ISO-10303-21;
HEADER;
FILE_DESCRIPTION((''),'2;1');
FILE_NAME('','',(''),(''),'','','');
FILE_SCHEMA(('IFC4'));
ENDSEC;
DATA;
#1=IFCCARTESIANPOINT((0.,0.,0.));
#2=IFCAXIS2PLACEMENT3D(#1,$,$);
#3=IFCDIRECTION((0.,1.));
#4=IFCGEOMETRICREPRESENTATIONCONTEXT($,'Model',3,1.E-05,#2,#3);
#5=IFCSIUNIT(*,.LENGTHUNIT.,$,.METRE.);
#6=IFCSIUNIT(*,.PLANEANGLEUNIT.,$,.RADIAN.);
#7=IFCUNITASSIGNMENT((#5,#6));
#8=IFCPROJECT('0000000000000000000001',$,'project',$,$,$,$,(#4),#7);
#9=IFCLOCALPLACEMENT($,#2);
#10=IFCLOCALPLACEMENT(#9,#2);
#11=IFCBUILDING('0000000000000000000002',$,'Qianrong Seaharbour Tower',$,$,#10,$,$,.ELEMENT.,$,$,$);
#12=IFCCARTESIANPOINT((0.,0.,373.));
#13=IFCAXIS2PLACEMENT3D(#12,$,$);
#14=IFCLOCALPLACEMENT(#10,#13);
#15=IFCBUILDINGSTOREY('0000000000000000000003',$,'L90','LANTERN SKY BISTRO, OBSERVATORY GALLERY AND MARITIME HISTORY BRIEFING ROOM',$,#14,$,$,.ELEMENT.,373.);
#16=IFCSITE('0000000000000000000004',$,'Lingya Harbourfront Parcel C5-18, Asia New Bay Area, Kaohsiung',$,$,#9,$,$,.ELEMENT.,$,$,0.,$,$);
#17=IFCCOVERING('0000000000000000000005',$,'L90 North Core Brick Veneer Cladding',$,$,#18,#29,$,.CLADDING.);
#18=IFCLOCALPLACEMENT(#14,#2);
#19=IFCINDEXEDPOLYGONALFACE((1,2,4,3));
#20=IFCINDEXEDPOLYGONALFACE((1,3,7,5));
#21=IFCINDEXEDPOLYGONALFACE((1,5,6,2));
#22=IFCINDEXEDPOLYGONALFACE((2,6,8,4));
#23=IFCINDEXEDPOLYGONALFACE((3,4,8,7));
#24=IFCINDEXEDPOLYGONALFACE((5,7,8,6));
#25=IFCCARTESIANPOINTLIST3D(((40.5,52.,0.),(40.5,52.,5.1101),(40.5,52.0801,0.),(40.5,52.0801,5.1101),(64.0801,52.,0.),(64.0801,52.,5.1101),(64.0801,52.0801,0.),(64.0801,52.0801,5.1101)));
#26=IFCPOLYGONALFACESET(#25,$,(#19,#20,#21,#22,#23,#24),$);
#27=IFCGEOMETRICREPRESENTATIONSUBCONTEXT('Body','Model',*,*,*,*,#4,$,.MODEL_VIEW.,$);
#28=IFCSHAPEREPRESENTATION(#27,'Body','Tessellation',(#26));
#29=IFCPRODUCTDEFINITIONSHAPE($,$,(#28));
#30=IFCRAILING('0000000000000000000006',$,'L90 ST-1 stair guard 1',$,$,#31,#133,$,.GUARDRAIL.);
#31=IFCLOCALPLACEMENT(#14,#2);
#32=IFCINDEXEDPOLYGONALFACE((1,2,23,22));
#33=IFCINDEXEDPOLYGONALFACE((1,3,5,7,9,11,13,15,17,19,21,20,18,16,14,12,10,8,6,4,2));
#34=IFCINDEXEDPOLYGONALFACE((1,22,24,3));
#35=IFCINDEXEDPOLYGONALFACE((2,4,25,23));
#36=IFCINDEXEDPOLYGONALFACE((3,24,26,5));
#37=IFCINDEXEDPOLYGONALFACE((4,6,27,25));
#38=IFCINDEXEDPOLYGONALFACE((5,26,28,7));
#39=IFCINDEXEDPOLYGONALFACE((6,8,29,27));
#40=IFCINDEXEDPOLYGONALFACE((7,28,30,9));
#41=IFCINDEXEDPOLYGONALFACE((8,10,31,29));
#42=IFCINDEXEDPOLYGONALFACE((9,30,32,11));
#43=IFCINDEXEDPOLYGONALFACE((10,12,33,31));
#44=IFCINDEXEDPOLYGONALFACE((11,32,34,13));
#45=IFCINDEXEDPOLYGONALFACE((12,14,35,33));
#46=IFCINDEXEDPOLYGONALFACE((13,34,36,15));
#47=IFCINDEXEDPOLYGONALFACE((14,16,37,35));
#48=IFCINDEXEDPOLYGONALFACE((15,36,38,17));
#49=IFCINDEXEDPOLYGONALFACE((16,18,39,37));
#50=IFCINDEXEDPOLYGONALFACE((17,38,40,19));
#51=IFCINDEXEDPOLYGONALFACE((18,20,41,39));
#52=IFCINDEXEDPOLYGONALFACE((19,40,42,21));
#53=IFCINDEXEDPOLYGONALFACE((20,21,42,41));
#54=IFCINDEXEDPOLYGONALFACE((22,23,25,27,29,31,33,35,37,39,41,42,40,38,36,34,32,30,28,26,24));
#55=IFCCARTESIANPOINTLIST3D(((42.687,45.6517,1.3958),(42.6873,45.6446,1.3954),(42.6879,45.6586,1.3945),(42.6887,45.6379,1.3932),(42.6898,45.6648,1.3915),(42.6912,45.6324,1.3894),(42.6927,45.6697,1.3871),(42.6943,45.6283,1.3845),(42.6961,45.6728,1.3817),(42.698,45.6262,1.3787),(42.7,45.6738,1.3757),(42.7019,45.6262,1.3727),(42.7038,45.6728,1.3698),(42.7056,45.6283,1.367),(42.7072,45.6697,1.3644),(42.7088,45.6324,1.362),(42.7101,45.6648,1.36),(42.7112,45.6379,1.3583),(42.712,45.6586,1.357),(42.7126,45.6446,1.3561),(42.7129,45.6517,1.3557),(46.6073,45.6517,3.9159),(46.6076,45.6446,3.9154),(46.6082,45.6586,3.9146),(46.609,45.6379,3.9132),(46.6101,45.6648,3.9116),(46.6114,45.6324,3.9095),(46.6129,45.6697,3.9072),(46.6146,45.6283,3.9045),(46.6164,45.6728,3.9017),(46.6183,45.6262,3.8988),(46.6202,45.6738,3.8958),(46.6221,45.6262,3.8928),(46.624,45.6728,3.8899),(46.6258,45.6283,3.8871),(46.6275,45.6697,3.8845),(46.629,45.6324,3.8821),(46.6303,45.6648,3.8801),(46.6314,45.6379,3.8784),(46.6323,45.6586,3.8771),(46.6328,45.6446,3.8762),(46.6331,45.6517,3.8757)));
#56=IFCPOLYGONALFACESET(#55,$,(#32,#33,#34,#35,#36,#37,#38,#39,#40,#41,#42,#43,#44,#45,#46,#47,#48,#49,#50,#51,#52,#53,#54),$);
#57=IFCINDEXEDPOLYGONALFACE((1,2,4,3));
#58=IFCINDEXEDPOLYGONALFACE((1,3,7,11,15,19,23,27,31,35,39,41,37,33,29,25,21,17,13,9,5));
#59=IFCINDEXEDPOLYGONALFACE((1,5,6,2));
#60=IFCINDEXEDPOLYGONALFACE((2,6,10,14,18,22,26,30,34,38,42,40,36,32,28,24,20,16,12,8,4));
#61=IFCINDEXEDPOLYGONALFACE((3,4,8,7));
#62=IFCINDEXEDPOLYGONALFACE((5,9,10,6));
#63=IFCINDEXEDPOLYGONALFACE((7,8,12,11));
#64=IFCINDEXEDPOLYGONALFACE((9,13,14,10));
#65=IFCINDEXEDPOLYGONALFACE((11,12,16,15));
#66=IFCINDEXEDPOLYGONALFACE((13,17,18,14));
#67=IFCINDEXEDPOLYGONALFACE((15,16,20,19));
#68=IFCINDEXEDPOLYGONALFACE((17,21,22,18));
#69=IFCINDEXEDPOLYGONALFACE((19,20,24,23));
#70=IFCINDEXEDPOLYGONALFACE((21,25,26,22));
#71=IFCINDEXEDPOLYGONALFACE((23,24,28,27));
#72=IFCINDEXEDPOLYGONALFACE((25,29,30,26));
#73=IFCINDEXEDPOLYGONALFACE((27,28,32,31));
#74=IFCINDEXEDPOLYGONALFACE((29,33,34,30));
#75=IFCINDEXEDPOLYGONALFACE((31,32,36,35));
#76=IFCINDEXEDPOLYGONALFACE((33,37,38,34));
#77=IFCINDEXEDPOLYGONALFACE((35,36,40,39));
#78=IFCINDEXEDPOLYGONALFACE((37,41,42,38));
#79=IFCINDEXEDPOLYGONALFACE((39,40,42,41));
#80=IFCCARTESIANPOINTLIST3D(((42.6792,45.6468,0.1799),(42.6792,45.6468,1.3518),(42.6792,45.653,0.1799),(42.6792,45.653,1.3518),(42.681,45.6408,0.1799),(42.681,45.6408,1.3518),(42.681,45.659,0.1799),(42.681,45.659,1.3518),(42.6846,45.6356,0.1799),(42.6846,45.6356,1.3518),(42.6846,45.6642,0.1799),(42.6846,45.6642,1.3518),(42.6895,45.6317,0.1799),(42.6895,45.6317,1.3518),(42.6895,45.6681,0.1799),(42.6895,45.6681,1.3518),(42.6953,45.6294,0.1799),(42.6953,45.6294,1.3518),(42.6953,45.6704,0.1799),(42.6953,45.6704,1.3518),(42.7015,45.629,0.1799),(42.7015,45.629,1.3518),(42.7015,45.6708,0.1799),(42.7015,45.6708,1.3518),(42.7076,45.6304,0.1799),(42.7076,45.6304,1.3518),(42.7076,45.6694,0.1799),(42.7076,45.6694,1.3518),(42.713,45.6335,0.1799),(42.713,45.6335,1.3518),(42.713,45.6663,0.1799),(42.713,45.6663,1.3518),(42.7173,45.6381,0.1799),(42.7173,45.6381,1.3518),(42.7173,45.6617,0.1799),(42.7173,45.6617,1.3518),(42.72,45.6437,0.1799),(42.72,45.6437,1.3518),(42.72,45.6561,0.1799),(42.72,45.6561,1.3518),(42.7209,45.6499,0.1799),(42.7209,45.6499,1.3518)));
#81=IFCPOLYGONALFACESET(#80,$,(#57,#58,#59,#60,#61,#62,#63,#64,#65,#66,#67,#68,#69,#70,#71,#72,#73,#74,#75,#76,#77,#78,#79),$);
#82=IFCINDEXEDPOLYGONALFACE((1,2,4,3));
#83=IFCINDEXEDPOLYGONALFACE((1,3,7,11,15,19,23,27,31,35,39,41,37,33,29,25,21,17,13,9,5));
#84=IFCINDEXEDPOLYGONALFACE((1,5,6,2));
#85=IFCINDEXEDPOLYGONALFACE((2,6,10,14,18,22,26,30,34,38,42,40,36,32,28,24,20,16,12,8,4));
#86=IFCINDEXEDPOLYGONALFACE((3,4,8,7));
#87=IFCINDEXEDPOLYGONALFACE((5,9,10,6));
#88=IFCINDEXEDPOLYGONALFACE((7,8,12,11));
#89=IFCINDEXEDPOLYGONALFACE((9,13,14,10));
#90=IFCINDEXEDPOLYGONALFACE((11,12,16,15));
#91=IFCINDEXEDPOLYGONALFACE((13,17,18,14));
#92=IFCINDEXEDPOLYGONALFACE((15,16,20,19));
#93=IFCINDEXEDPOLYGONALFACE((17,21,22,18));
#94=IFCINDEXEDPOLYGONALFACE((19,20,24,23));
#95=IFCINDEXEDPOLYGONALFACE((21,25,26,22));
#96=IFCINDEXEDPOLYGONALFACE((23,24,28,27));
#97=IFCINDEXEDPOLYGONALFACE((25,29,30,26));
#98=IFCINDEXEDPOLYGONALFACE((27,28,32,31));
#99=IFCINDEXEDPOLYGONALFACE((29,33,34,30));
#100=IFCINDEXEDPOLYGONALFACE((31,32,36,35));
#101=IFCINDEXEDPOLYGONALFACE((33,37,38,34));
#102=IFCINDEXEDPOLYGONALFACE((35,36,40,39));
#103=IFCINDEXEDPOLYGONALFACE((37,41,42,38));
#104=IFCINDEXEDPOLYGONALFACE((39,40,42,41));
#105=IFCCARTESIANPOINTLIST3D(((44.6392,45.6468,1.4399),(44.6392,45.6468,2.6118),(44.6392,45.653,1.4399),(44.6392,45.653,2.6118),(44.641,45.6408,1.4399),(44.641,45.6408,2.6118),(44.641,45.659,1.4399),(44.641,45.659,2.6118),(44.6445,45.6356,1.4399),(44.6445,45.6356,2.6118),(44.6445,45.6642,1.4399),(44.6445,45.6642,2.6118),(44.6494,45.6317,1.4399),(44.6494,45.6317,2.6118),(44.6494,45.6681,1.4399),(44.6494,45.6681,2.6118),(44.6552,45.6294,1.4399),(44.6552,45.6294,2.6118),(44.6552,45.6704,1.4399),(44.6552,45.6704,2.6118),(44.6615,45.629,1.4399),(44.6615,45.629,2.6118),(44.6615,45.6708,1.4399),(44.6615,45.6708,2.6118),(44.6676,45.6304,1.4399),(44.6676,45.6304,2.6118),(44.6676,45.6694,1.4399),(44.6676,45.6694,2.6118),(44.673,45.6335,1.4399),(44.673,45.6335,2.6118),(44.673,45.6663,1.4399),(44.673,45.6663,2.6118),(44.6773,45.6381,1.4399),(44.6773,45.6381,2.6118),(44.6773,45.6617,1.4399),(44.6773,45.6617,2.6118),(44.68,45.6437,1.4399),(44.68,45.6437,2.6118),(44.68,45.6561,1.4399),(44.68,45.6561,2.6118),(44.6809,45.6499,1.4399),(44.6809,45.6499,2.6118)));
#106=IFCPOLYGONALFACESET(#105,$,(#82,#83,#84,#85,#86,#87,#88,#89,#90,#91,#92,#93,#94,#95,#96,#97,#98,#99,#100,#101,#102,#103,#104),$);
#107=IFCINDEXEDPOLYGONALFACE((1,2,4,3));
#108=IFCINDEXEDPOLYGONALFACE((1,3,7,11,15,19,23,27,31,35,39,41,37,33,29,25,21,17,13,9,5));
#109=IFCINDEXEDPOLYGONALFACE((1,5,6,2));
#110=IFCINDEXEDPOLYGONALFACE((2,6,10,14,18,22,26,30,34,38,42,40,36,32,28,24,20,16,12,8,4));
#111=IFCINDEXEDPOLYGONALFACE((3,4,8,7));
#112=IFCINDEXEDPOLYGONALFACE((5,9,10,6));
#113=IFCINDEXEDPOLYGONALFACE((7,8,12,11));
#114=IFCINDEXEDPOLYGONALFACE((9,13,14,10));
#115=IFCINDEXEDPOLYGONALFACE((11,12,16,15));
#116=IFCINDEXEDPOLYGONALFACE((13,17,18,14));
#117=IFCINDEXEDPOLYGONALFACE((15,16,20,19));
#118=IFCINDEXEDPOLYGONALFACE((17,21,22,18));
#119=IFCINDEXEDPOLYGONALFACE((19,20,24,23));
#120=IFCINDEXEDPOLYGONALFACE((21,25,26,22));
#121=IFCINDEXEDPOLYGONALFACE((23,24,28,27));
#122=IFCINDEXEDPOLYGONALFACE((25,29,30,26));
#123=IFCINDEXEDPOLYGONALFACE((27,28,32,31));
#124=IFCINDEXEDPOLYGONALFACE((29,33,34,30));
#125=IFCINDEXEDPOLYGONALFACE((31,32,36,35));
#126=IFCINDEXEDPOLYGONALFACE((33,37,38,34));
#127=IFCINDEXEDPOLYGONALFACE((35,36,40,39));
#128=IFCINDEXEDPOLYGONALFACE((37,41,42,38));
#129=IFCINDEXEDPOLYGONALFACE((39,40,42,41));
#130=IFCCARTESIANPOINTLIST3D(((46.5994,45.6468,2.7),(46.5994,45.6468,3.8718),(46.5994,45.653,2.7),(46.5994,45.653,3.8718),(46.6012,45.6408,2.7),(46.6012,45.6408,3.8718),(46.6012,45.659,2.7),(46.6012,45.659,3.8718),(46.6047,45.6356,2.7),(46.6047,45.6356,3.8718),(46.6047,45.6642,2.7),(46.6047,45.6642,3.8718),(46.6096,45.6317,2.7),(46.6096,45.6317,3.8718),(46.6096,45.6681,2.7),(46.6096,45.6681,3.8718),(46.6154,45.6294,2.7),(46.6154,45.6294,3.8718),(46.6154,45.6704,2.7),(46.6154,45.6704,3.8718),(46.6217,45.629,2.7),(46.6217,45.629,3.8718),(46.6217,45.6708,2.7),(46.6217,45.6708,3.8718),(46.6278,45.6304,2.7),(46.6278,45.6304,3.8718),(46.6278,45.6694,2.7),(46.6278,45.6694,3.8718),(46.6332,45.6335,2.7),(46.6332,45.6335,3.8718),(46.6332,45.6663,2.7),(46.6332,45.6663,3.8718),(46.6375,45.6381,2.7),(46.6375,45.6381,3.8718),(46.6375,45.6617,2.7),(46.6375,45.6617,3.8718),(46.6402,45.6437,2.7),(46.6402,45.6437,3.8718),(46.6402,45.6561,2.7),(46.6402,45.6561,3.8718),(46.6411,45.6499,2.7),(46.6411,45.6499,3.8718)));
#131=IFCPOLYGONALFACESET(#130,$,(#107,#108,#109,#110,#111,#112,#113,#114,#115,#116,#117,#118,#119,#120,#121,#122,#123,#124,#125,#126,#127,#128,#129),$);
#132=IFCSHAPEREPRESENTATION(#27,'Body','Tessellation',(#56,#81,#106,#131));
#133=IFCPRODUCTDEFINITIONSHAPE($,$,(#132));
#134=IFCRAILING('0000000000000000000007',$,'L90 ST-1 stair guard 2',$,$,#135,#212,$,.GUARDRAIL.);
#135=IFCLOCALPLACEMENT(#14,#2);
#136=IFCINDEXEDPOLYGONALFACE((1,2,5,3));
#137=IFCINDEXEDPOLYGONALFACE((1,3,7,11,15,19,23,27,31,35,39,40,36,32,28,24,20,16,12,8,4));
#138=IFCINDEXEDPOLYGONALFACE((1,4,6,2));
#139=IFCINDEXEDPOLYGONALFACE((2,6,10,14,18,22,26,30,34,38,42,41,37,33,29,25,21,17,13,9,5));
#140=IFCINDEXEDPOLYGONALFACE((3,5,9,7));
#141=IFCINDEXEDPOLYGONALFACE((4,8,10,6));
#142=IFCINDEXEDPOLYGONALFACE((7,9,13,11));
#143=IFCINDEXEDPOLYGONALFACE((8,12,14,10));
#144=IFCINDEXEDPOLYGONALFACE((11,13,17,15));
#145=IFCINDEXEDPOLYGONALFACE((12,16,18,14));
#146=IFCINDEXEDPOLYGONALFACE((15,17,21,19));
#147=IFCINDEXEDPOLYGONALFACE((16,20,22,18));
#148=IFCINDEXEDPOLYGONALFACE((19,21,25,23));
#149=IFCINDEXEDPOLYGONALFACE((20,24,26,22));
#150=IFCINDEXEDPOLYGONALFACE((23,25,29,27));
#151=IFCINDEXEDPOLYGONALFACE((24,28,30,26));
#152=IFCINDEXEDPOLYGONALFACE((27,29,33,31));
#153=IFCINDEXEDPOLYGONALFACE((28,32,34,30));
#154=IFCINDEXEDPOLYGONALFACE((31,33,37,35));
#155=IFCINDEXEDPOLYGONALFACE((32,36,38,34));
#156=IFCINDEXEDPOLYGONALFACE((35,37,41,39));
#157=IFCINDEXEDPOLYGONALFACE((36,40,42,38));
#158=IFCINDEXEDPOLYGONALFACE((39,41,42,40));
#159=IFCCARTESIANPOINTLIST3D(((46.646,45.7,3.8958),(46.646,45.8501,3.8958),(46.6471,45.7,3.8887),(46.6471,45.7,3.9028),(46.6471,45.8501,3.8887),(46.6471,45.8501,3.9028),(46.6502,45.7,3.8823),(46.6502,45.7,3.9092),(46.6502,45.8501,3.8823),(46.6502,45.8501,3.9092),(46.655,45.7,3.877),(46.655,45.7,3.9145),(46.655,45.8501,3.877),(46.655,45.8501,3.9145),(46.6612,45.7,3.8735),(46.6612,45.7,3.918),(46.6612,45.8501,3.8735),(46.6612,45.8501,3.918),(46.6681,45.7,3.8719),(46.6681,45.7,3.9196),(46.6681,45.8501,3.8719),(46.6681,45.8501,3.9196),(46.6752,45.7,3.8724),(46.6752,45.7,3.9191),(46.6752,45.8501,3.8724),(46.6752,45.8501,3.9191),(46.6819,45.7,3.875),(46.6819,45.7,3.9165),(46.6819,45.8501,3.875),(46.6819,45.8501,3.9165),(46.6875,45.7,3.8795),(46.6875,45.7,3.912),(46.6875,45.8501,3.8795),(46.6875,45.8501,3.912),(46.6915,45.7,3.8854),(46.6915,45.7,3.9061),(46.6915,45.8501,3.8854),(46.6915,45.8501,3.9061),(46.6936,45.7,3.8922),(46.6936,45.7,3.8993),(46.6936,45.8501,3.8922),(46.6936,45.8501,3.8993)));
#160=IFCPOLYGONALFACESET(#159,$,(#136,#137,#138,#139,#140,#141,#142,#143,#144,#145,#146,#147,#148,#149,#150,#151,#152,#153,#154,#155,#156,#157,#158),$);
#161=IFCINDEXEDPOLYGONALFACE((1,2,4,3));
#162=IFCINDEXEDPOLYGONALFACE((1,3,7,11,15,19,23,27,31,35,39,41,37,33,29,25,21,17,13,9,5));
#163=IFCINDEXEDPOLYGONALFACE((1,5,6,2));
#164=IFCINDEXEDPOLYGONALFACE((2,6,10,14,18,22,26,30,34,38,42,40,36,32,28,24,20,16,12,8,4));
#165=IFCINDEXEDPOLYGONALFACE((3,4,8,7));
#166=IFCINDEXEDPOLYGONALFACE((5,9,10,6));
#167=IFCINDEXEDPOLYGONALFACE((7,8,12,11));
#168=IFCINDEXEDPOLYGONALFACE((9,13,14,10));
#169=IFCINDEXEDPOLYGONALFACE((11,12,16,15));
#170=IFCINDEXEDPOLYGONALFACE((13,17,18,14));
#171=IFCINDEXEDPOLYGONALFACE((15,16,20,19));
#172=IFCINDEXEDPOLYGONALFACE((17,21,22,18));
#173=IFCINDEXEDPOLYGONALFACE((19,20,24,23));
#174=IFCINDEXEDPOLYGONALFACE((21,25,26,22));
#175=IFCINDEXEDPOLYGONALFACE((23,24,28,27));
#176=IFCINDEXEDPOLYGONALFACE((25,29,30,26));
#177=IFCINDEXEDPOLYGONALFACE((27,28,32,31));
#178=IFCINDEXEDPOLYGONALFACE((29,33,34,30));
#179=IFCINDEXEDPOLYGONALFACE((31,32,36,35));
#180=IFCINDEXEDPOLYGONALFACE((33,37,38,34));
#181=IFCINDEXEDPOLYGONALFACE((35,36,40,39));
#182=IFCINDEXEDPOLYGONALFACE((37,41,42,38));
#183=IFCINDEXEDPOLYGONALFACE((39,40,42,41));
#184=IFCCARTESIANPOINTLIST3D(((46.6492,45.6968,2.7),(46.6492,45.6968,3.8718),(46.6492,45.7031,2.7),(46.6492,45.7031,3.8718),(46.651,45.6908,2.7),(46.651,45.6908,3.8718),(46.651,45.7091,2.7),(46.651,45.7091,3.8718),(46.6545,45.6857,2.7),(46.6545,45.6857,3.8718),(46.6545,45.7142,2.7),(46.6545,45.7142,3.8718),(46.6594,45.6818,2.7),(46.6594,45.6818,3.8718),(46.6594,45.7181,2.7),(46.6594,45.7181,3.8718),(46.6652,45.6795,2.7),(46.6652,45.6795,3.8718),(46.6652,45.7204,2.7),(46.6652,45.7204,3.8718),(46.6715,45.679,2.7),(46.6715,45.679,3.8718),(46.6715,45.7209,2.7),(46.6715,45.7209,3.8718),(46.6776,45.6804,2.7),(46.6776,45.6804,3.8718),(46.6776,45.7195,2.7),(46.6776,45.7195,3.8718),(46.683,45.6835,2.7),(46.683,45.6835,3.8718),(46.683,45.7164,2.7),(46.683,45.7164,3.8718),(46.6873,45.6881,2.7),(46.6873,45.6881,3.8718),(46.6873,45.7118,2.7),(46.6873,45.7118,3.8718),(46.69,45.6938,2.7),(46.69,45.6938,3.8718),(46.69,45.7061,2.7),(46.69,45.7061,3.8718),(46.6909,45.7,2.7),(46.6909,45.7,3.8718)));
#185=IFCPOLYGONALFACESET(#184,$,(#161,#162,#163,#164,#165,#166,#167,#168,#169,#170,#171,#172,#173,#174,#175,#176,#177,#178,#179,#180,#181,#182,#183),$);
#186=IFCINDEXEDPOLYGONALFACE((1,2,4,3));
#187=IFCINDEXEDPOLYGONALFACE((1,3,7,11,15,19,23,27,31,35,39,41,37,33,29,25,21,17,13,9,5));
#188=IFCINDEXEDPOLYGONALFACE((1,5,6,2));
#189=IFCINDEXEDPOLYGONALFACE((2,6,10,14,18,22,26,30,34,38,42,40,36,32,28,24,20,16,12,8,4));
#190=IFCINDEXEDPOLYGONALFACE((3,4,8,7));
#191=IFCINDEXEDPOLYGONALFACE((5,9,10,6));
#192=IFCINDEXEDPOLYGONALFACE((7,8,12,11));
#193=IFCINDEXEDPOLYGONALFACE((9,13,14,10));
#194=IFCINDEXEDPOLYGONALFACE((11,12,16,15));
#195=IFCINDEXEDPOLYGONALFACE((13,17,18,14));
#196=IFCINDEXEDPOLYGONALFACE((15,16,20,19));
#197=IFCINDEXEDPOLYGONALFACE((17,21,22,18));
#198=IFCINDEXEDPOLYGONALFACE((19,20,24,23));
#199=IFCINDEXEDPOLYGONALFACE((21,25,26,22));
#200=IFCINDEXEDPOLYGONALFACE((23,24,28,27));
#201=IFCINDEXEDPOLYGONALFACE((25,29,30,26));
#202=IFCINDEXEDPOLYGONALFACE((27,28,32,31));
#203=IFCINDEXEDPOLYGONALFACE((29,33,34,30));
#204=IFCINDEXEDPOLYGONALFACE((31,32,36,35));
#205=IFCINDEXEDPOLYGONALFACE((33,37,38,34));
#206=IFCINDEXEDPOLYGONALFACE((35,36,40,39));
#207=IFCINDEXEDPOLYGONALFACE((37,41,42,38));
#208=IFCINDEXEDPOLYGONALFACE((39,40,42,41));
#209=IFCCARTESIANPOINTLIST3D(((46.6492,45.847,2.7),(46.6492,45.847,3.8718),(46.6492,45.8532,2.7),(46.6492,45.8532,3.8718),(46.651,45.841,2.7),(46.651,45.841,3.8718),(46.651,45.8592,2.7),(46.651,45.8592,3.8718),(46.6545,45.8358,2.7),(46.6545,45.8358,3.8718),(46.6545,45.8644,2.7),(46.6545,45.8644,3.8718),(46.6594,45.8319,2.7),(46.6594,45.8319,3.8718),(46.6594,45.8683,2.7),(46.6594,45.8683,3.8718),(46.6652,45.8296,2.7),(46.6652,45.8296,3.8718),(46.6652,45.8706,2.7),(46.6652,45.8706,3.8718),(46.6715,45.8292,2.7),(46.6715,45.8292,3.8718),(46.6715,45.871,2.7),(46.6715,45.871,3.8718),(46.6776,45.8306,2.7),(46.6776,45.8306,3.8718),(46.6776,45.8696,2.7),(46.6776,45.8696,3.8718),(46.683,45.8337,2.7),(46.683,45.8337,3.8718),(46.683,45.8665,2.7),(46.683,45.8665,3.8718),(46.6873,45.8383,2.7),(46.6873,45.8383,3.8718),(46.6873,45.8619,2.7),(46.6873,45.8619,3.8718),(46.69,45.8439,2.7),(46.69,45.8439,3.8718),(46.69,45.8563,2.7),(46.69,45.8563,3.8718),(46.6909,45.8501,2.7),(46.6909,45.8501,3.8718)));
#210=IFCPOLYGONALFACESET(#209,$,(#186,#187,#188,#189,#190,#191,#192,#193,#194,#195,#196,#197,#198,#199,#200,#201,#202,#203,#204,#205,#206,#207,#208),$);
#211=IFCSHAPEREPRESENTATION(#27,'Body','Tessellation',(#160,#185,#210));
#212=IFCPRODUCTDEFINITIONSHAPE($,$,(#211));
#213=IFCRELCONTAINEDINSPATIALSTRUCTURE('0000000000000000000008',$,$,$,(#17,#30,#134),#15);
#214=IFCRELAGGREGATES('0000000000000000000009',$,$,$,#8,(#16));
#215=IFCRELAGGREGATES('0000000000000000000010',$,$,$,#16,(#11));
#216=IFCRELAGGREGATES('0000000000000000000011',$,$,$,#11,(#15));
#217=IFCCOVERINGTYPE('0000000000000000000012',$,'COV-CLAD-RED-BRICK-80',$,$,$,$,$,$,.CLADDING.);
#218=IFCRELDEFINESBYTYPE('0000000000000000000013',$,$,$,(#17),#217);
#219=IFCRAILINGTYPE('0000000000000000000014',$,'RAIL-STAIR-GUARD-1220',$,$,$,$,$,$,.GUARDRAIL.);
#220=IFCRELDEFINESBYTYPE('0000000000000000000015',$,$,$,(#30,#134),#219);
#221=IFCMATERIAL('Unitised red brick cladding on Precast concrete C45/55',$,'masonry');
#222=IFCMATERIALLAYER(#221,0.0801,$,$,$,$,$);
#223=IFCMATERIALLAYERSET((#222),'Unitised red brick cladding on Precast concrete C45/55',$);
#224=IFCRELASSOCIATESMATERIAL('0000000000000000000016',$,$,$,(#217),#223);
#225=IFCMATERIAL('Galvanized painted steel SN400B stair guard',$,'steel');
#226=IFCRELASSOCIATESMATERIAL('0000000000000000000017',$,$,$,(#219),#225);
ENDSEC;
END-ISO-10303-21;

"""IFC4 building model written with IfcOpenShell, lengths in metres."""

from ifc_helpers import new_model, si_unit, direction, frame, origin, origin_2d, place, context, subcontext, project, spatial, rectangle, circle, extrude, material, layer, layer_set, type_object, element, save


model = new_model("IFC4")

# Units and contexts
model_context = context("Model", 3, precision=1e-05, world=origin(), true_north=direction((0.0, 1.0)))
body_context = subcontext(model_context, "Body", "Model", "MODEL_VIEW")
ifc_project = project(units=[si_unit("LENGTHUNIT", "METRE"), si_unit("PLANEANGLEUNIT", "RADIAN")], contexts=[model_context])

# Site, building, storey
site_placement = place(None, origin())
site = spatial("IfcSite", under=ifc_project, at=site_placement, Name="Lingya Harbourfront Parcel C5-18, Asia New Bay Area, Kaohsiung", CompositionType="ELEMENT", RefElevation=0.0)
building_placement = place(site_placement, origin())
building = spatial("IfcBuilding", under=site, at=building_placement, Name="Qianrong Seaharbour Tower", CompositionType="ELEMENT")
storey_placement = place(building_placement, frame((0.0, 0.0, 373.0)))
storey = spatial("IfcBuildingStorey", under=building, at=storey_placement, Name="L90", Description="LANTERN SKY BISTRO, OBSERVATORY GALLERY AND MARITIME HISTORY BRIEFING ROOM", CompositionType="ELEMENT", Elevation=373.0)

# Covering
ifc_material_1 = material(Name="Unitised red brick cladding on Precast concrete C45/55", Category="masonry")
ifc_layer_1 = layer(ifc_material_1, 0.0801)
ifc_layer_set_1 = layer_set([ifc_layer_1], Name="Unitised red brick cladding on Precast concrete C45/55")
covering_type = type_object("IfcCoveringType", Name="COV-CLAD-RED-BRICK-80", PredefinedType="CLADDING", material=ifc_layer_set_1)
covering_placement = place(storey_placement, frame((52.29, 52.04, 0.0), z_axis=(0.0, 0.0, 1.0), x_axis=(1.0, 0.0, 0.0)))
element("IfcCovering", 1, at=covering_placement, inside=storey, type_object=covering_type, Name="L90 North Core Brick Veneer Cladding", PredefinedType="CLADDING", context=body_context, shape_type="SweptSolid", body=[
    extrude(rectangle(XDim=23.5801, YDim=0.0801, at=origin_2d()), origin(), (0.0, 0.0, 1.0), 5.1101),
])

# Railings
ifc_material_2 = material(Name="Galvanized painted steel SN400B stair guard", Category="steel")
railing_type_1 = type_object("IfcRailingType", Name="RAIL-STAIR-GUARD-1220", PredefinedType="GUARDRAIL", material=ifc_material_2)
railing_1_placement = place(storey_placement, frame((42.7, 45.6499, 0.1799)))
element("IfcRailing", 2, at=railing_1_placement, inside=storey, type_object=railing_type_1, Name="L90 ST-1 stair guard 1", PredefinedType="GUARDRAIL", context=body_context, shape_type="SweptSolid", body=[
    extrude(circle(Radius=0.0239, at=origin_2d()), frame((0.0, 0.0, 1.1958), z_axis=(0.841187, 0.0, 0.540744), x_axis=(0.0, 1.0, 0.0)), (0.0, 0.0, 1.0), 4.6604),
    extrude(circle(Radius=0.021, at=origin_2d()), origin(), (0.0, 0.0, 1.0), 1.1719),
    extrude(circle(Radius=0.021, at=origin_2d()), frame((1.96, 0.0, 1.26)), (0.0, 0.0, 1.0), 1.1719),
    extrude(circle(Radius=0.021, at=origin_2d()), frame((3.9202, 0.0, 2.52)), (0.0, 0.0, 1.0), 1.1719),
])
railing_2_placement = place(storey_placement, frame((46.6699, 45.7, 2.7)))
element("IfcRailing", 3, at=railing_2_placement, inside=storey, type_object=railing_type_1, Name="L90 ST-1 stair guard 2", PredefinedType="GUARDRAIL", context=body_context, shape_type="SweptSolid", body=[
    extrude(circle(Radius=0.0239, at=origin_2d()), frame((0.0, 0.0, 1.1958), z_axis=(0.0, 1.0, 0.0), x_axis=(-1.0, 0.0, 0.0)), (0.0, 0.0, 1.0), 0.1501),
    extrude(circle(Radius=0.021, at=origin_2d()), origin(), (0.0, 0.0, 1.0), 1.1719),
    extrude(circle(Radius=0.021, at=origin_2d()), frame((0.0, 0.1501, 0.0)), (0.0, 0.0, 1.0), 1.1719),
])

save(model, "model.ifc")
